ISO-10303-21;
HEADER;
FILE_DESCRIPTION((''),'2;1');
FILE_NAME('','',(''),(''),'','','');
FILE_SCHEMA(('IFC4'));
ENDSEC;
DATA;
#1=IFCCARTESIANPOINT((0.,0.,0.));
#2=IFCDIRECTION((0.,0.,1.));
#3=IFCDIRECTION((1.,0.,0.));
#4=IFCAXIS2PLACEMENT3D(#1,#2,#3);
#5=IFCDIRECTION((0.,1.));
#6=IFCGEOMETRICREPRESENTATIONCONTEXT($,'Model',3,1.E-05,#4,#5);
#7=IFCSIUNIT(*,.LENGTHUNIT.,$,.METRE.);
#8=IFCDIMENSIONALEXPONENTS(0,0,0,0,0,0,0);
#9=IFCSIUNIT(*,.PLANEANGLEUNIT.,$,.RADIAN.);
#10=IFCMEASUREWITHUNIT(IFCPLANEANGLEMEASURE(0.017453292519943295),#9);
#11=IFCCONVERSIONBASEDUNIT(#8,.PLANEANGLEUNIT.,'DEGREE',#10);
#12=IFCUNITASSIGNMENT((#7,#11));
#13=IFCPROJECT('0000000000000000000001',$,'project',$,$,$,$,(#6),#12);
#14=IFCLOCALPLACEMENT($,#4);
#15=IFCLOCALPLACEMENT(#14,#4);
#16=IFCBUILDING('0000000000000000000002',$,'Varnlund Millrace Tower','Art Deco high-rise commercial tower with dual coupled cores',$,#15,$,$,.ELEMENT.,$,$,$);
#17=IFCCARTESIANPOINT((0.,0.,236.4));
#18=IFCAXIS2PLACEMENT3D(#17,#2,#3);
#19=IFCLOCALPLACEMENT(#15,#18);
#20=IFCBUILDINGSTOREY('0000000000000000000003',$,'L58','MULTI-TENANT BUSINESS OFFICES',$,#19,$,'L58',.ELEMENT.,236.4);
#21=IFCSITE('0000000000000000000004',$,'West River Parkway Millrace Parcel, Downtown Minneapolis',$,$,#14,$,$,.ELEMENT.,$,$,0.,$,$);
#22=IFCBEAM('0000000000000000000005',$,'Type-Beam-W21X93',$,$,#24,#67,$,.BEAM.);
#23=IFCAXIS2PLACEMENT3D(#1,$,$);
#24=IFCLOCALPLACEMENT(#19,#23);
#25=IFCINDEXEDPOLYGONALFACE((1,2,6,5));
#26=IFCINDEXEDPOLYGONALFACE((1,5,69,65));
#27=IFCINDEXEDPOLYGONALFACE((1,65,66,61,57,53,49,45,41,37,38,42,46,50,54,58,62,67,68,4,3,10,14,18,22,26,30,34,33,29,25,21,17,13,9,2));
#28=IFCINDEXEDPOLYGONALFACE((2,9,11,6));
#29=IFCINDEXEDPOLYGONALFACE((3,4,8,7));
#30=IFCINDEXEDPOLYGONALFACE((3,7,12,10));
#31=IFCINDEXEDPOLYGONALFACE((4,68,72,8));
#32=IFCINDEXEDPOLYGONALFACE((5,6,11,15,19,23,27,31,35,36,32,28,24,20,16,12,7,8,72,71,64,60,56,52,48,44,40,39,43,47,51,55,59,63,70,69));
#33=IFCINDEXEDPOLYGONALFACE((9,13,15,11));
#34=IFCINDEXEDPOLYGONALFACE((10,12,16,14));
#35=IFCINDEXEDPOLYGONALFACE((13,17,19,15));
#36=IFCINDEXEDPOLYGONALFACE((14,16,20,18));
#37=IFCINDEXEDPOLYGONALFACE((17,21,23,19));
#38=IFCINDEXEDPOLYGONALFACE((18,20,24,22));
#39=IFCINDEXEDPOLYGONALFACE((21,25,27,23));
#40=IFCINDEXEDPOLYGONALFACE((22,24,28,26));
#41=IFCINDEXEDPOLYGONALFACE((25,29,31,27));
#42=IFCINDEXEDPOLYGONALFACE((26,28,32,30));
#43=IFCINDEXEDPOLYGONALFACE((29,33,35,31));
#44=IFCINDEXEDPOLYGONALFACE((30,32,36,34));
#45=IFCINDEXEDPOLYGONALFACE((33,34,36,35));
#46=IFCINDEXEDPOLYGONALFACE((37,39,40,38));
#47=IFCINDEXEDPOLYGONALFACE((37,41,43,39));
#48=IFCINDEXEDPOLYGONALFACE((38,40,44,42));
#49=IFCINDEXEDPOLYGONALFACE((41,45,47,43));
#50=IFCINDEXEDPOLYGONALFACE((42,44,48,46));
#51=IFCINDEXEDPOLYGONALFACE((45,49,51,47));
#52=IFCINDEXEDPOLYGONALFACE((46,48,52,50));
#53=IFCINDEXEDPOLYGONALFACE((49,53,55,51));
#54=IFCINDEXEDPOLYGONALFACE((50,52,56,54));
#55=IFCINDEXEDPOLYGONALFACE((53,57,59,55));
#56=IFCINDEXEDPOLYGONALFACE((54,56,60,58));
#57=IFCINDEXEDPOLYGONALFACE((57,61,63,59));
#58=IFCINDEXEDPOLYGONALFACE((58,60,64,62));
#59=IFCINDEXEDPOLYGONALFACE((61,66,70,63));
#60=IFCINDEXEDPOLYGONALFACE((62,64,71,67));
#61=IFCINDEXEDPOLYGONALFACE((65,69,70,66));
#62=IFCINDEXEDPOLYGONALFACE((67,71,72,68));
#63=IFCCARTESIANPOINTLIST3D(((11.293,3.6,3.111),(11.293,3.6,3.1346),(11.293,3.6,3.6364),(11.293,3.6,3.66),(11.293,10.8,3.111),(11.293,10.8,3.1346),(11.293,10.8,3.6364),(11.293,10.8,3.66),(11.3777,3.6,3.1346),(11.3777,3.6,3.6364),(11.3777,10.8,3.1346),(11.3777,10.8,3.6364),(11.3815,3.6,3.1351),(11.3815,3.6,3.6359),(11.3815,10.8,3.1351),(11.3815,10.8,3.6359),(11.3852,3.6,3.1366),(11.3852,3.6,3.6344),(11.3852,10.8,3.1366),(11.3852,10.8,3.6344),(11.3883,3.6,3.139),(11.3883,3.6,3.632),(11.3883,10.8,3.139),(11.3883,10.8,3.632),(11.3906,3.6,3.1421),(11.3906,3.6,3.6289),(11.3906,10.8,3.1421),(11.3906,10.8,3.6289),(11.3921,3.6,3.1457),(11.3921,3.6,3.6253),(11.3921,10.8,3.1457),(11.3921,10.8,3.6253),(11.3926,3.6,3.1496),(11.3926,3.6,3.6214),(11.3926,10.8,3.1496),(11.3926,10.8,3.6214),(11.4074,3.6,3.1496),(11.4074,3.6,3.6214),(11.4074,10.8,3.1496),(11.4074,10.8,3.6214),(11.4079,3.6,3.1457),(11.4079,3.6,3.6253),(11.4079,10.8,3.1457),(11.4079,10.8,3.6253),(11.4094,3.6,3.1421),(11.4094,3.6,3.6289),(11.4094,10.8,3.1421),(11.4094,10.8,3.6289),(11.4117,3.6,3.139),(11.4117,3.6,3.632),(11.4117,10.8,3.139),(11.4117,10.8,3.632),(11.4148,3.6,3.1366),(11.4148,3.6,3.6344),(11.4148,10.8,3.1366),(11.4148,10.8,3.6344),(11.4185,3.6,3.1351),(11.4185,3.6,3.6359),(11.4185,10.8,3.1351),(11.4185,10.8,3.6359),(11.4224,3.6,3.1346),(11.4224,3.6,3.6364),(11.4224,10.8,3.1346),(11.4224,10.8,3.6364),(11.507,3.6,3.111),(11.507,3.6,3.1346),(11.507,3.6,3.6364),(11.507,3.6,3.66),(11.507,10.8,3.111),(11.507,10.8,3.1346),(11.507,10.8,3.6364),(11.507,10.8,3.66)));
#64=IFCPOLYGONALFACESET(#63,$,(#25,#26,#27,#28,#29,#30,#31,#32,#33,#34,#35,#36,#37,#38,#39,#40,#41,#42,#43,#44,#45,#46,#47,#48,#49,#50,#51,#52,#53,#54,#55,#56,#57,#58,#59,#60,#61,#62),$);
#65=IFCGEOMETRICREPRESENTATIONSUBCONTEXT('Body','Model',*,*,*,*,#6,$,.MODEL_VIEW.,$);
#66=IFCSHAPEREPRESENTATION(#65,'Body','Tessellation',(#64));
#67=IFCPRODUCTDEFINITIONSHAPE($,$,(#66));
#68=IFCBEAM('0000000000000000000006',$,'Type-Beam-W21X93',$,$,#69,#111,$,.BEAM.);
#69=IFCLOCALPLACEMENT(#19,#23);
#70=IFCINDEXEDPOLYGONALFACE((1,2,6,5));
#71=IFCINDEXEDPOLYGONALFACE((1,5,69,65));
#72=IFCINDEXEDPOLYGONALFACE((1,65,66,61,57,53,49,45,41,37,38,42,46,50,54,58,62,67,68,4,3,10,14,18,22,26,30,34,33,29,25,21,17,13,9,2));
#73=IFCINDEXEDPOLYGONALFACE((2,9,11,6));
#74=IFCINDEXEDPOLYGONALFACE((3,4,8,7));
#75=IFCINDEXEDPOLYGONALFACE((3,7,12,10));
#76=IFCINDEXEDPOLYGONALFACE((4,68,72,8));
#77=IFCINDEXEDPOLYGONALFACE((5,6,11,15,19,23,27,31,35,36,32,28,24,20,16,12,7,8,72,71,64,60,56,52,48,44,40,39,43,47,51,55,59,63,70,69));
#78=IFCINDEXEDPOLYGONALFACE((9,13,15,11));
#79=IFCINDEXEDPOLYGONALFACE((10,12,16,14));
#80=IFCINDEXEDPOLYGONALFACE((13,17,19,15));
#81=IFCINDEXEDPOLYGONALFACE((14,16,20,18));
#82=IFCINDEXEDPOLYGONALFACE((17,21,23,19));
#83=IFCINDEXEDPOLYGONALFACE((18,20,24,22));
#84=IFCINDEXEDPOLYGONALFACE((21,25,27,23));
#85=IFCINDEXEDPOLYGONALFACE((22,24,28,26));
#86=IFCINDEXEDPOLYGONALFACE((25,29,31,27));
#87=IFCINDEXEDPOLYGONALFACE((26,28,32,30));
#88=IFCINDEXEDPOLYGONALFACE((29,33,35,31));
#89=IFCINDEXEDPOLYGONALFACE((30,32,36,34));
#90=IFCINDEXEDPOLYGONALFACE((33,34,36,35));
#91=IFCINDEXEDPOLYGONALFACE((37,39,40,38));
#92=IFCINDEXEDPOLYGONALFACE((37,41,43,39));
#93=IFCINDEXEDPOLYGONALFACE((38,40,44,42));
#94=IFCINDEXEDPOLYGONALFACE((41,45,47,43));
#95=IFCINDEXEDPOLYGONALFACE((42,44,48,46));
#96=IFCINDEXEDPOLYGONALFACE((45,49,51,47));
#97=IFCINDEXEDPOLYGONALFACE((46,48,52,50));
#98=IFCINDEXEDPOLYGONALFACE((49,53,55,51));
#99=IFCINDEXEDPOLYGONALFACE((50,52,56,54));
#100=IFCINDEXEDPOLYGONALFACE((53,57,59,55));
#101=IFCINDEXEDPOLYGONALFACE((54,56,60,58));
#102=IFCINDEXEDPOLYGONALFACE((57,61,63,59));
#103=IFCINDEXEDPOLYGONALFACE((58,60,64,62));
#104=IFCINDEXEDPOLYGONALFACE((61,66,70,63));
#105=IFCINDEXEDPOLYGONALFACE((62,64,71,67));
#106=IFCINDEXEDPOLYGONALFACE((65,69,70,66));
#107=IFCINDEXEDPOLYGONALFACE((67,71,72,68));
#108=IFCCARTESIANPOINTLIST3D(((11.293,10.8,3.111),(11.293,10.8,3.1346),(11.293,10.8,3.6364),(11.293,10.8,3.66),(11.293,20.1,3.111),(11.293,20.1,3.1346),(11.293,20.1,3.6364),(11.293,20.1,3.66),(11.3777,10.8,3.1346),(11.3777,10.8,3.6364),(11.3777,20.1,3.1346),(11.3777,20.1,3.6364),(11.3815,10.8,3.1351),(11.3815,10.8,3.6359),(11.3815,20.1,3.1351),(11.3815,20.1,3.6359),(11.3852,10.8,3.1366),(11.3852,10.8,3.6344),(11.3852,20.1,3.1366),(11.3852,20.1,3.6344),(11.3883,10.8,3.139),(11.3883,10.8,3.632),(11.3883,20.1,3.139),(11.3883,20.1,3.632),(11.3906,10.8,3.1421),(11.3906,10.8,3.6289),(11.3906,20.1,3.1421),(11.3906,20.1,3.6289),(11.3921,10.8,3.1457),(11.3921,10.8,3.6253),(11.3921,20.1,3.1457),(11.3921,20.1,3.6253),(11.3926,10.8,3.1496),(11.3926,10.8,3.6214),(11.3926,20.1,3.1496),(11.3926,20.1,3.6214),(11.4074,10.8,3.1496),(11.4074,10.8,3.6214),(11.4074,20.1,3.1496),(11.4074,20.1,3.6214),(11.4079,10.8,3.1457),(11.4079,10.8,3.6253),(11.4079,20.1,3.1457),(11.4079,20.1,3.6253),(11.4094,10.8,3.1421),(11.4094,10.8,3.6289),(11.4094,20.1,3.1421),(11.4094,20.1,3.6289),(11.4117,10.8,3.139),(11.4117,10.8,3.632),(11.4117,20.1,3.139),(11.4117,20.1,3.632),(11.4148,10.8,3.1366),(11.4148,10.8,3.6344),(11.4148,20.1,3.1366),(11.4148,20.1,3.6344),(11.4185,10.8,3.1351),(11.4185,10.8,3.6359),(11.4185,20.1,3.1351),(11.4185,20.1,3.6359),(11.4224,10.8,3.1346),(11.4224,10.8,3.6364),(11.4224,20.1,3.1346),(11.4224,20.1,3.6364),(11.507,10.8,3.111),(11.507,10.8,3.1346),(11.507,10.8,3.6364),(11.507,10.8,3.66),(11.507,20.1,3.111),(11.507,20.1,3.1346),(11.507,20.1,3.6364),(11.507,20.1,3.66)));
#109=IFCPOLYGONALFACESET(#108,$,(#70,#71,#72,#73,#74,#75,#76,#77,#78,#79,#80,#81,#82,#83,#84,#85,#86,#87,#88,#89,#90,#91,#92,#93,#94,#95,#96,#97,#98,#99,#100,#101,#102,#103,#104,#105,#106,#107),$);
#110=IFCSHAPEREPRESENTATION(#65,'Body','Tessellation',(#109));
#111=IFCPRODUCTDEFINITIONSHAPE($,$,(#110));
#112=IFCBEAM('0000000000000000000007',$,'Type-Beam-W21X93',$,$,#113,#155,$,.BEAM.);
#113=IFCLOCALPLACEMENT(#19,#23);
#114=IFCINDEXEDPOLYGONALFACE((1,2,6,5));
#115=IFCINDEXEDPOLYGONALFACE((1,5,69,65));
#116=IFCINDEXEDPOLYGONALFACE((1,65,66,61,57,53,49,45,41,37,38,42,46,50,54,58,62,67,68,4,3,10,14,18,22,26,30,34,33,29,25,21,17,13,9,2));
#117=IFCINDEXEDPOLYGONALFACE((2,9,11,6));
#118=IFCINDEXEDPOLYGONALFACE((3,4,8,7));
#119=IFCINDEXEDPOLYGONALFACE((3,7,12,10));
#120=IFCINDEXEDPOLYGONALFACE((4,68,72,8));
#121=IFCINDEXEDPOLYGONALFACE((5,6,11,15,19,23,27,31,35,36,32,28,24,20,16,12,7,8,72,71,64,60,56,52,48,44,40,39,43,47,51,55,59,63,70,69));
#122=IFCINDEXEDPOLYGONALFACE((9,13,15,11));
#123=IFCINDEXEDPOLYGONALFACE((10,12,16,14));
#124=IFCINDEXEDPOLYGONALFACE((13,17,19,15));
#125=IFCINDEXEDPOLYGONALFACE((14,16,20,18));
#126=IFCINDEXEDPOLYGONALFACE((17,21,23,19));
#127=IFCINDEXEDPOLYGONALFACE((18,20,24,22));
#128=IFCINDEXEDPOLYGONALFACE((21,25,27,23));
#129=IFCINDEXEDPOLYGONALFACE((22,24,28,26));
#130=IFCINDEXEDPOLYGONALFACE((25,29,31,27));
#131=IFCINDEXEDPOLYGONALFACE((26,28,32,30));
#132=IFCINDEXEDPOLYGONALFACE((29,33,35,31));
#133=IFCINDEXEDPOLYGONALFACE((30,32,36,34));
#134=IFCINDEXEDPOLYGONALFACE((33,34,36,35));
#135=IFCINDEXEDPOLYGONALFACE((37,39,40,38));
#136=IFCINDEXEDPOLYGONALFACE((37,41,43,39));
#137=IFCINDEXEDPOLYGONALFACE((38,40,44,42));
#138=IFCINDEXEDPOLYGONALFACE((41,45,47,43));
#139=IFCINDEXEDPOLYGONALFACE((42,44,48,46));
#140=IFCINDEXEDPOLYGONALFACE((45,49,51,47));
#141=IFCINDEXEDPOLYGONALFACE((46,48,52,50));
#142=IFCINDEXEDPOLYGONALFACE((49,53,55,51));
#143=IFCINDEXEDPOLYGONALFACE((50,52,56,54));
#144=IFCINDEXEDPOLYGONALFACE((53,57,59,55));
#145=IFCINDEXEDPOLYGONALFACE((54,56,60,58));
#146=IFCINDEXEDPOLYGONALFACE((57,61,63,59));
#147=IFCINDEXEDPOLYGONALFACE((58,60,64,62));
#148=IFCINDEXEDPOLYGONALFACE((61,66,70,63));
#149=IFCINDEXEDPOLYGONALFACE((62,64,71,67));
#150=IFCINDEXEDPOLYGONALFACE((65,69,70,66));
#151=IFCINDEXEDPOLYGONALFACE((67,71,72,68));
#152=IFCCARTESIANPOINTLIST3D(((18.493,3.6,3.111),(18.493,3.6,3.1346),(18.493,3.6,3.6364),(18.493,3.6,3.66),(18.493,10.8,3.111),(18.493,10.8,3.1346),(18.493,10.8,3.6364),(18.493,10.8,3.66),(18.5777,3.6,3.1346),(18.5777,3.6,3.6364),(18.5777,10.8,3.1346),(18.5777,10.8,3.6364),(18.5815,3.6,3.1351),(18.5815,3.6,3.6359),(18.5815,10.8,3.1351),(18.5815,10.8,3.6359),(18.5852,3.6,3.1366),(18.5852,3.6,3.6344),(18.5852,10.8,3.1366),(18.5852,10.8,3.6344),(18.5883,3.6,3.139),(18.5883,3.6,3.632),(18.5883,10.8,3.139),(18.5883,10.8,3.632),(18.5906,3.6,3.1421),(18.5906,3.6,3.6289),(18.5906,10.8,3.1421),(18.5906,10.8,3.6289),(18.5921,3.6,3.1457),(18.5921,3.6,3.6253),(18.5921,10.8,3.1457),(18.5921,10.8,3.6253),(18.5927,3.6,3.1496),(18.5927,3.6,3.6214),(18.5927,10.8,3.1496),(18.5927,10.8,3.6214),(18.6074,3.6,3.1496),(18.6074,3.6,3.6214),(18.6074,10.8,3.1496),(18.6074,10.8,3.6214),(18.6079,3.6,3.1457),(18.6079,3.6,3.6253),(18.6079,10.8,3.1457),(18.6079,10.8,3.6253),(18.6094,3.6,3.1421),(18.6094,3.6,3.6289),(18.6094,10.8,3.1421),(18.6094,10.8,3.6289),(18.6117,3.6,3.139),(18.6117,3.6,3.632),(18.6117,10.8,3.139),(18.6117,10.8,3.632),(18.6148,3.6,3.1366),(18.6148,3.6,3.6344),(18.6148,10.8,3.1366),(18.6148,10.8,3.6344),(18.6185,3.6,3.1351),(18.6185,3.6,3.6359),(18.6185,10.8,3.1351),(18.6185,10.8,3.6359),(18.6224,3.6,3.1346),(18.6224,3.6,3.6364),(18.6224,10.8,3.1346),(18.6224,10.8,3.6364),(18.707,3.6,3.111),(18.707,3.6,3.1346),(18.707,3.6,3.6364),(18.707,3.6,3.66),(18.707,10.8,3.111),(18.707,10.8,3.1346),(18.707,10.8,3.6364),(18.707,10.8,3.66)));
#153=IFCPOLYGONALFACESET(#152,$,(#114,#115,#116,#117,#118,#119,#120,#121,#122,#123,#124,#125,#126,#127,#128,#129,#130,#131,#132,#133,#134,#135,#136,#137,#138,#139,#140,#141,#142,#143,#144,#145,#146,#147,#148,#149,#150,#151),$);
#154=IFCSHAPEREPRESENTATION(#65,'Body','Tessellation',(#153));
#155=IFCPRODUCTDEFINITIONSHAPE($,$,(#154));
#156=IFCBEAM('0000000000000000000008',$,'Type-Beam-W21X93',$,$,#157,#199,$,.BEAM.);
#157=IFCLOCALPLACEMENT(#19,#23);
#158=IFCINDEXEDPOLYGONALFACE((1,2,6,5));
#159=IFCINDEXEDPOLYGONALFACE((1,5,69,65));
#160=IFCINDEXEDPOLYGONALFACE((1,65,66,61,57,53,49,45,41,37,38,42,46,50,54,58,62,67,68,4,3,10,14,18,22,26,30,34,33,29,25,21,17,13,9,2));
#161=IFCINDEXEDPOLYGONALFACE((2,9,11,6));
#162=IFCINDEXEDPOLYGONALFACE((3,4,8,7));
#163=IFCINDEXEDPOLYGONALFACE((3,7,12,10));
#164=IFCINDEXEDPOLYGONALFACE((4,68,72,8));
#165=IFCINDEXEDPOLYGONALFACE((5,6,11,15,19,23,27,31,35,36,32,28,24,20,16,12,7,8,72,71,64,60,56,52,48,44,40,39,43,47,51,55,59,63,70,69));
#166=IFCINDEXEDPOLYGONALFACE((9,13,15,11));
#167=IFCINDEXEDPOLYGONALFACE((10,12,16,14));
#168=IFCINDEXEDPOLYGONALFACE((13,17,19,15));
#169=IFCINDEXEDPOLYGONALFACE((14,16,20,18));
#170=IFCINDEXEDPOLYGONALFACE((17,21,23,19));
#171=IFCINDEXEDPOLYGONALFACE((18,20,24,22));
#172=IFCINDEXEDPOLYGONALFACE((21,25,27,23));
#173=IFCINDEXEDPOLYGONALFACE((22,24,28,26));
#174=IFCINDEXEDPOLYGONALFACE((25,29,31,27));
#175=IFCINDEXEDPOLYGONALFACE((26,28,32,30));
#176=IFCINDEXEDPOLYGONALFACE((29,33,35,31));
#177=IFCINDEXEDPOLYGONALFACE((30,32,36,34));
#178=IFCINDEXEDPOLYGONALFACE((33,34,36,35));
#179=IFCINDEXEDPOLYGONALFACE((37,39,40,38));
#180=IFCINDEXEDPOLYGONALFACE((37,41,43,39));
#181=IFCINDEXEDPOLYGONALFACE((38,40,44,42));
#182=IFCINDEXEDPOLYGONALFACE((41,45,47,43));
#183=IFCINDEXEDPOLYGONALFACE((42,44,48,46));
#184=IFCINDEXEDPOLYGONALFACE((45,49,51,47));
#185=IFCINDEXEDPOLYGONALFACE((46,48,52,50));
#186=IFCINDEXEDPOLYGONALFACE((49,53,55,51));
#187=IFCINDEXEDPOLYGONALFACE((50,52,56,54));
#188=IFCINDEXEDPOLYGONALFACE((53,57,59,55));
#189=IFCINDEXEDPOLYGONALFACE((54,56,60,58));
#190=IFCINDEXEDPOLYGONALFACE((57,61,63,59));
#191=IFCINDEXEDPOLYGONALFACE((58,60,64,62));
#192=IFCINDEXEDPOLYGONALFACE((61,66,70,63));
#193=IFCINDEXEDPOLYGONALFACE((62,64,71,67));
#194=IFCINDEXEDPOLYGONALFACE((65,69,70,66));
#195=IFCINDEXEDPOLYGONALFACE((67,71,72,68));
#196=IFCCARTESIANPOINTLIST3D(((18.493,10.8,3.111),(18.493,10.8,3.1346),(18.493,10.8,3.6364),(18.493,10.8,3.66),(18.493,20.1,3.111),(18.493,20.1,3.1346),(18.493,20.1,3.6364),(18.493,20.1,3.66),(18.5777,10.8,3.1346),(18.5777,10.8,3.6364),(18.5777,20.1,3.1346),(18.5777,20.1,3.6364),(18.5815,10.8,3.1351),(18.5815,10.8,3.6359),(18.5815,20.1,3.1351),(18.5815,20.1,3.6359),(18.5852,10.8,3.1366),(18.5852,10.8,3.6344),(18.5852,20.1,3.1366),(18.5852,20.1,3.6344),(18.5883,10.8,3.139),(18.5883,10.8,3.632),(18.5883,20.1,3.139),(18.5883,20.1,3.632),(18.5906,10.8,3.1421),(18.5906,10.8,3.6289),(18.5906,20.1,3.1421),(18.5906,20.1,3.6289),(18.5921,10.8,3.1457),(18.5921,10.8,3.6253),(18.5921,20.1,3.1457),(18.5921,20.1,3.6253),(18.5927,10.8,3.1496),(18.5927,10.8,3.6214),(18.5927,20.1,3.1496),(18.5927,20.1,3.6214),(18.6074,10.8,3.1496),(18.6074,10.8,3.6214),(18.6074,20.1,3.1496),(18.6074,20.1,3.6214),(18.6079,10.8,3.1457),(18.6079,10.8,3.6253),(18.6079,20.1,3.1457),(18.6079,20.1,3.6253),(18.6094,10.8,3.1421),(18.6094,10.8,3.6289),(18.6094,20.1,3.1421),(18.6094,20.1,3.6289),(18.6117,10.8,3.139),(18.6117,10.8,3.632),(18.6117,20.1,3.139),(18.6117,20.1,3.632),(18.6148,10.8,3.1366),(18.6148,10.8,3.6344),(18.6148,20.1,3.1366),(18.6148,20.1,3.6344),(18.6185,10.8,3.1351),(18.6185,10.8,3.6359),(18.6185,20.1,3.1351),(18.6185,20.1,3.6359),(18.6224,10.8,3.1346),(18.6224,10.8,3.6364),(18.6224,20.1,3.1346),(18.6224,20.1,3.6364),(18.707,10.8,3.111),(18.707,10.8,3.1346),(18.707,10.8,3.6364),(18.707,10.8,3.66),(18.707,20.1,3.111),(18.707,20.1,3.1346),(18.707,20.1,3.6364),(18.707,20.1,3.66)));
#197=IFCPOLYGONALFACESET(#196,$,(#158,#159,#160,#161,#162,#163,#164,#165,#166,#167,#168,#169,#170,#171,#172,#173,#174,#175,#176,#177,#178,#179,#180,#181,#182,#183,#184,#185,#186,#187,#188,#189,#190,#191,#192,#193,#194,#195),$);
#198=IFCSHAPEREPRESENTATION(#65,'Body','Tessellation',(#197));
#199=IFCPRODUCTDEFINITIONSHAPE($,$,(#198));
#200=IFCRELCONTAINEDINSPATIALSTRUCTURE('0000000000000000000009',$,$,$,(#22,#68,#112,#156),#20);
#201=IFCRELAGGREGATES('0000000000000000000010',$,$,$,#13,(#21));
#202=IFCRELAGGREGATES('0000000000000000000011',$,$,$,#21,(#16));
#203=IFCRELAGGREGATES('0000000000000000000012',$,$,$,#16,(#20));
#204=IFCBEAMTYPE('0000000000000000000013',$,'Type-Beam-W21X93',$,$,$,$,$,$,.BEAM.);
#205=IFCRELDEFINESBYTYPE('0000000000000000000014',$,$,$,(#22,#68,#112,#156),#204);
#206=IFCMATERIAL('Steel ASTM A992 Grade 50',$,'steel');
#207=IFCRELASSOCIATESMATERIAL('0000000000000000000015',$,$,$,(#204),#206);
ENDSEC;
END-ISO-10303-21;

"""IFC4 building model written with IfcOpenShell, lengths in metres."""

from ifc_helpers import new_model, entity, si_unit, converted_unit, direction, frame, origin_with_axes, origin_2d_with_axis, place, context, subcontext, project, spatial, i_section, extrude, material, material_profile, profile_set, type_object, element, save


model = new_model("IFC4")

# Units and contexts
model_context = context("Model", 3, precision=1e-05, world=origin_with_axes(), true_north=direction((0.0, 1.0)))
body_context = subcontext(model_context, "Body", "Model", "MODEL_VIEW")
ifc_project = project(units=[si_unit("LENGTHUNIT", "METRE"), converted_unit("PLANEANGLEUNIT", "DEGREE", entity("IfcPlaneAngleMeasure", 0.017453292519943295), si_unit("PLANEANGLEUNIT", "RADIAN"), dimensions=[0, 0, 0, 0, 0, 0, 0])], contexts=[model_context])

# Site, building, storey
site_placement = place(None, origin_with_axes())
site = spatial("IfcSite", under=ifc_project, at=site_placement, Name="West River Parkway Millrace Parcel, Downtown Minneapolis", CompositionType="ELEMENT", RefElevation=0.0)
building_placement = place(site_placement, origin_with_axes())
building = spatial("IfcBuilding", under=site, at=building_placement, Name="Varnlund Millrace Tower", Description="Art Deco high-rise commercial tower with dual coupled cores", CompositionType="ELEMENT")
storey_placement = place(building_placement, frame((0.0, 0.0, 236.4), z_axis=(0.0, 0.0, 1.0), x_axis=(1.0, 0.0, 0.0)))
storey = spatial("IfcBuildingStorey", under=building, at=storey_placement, Name="L58", Description="MULTI-TENANT BUSINESS OFFICES", LongName="L58", CompositionType="ELEMENT", Elevation=236.4)

# Beams
ifc_material_1 = material(Name="Steel ASTM A992 Grade 50", Category="steel")
ifc_material_profile_1 = material_profile(ifc_material_1, i_section(OverallWidth=0.214, OverallDepth=0.549, WebThickness=0.0147, FlangeThickness=0.0236, FilletRadius=0.015, at=origin_2d_with_axis()), Name="Steel ASTM A992 Grade 50")
ifc_profile_set_1 = profile_set([ifc_material_profile_1], Name="Steel ASTM A992 Grade 50")
beam_type_1 = type_object("IfcBeamType", Name="Type-Beam-W21X93", PredefinedType="BEAM", material=ifc_profile_set_1)
beam_1_placement = place(storey_placement, frame((11.4, 3.6, 3.3855), z_axis=(0.0, 1.0, 0.0), x_axis=(-1.0, 0.0, 0.0)))
element("IfcBeam", 1, at=beam_1_placement, inside=storey, type_object=beam_type_1, Name="Type-Beam-W21X93", PredefinedType="BEAM", context=body_context, shape_type="SweptSolid", body=[
    extrude(i_section(OverallWidth=0.214, OverallDepth=0.549, WebThickness=0.0147, FlangeThickness=0.0236, FilletRadius=0.015, at=origin_2d_with_axis()), origin_with_axes(), (0.0, 0.0, 1.0), 7.2),
])
beam_2_placement = place(storey_placement, frame((11.4, 10.8, 3.3855), z_axis=(0.0, 1.0, 0.0), x_axis=(-1.0, 0.0, 0.0)))
element("IfcBeam", 2, at=beam_2_placement, inside=storey, type_object=beam_type_1, Name="Type-Beam-W21X93", PredefinedType="BEAM", context=body_context, shape_type="SweptSolid", body=[
    extrude(i_section(OverallWidth=0.214, OverallDepth=0.549, WebThickness=0.0147, FlangeThickness=0.0236, FilletRadius=0.015, at=origin_2d_with_axis()), origin_with_axes(), (0.0, 0.0, 1.0), 9.3),
])
beam_3_placement = place(storey_placement, frame((18.6, 3.6, 3.3855), z_axis=(0.0, 1.0, 0.0), x_axis=(-1.0, 0.0, 0.0)))
element("IfcBeam", 3, at=beam_3_placement, inside=storey, type_object=beam_type_1, Name="Type-Beam-W21X93", PredefinedType="BEAM", context=body_context, shape_type="SweptSolid", body=[
    extrude(i_section(OverallWidth=0.214, OverallDepth=0.549, WebThickness=0.0147, FlangeThickness=0.0236, FilletRadius=0.015, at=origin_2d_with_axis()), origin_with_axes(), (0.0, 0.0, 1.0), 7.2),
])
beam_4_placement = place(storey_placement, frame((18.6, 10.8, 3.3855), z_axis=(0.0, 1.0, 0.0), x_axis=(-1.0, 0.0, 0.0)))
element("IfcBeam", 4, at=beam_4_placement, inside=storey, type_object=beam_type_1, Name="Type-Beam-W21X93", PredefinedType="BEAM", context=body_context, shape_type="SweptSolid", body=[
    extrude(i_section(OverallWidth=0.214, OverallDepth=0.549, WebThickness=0.0147, FlangeThickness=0.0236, FilletRadius=0.015, at=origin_2d_with_axis()), origin_with_axes(), (0.0, 0.0, 1.0), 9.3),
])

save(model, "model.ifc")
